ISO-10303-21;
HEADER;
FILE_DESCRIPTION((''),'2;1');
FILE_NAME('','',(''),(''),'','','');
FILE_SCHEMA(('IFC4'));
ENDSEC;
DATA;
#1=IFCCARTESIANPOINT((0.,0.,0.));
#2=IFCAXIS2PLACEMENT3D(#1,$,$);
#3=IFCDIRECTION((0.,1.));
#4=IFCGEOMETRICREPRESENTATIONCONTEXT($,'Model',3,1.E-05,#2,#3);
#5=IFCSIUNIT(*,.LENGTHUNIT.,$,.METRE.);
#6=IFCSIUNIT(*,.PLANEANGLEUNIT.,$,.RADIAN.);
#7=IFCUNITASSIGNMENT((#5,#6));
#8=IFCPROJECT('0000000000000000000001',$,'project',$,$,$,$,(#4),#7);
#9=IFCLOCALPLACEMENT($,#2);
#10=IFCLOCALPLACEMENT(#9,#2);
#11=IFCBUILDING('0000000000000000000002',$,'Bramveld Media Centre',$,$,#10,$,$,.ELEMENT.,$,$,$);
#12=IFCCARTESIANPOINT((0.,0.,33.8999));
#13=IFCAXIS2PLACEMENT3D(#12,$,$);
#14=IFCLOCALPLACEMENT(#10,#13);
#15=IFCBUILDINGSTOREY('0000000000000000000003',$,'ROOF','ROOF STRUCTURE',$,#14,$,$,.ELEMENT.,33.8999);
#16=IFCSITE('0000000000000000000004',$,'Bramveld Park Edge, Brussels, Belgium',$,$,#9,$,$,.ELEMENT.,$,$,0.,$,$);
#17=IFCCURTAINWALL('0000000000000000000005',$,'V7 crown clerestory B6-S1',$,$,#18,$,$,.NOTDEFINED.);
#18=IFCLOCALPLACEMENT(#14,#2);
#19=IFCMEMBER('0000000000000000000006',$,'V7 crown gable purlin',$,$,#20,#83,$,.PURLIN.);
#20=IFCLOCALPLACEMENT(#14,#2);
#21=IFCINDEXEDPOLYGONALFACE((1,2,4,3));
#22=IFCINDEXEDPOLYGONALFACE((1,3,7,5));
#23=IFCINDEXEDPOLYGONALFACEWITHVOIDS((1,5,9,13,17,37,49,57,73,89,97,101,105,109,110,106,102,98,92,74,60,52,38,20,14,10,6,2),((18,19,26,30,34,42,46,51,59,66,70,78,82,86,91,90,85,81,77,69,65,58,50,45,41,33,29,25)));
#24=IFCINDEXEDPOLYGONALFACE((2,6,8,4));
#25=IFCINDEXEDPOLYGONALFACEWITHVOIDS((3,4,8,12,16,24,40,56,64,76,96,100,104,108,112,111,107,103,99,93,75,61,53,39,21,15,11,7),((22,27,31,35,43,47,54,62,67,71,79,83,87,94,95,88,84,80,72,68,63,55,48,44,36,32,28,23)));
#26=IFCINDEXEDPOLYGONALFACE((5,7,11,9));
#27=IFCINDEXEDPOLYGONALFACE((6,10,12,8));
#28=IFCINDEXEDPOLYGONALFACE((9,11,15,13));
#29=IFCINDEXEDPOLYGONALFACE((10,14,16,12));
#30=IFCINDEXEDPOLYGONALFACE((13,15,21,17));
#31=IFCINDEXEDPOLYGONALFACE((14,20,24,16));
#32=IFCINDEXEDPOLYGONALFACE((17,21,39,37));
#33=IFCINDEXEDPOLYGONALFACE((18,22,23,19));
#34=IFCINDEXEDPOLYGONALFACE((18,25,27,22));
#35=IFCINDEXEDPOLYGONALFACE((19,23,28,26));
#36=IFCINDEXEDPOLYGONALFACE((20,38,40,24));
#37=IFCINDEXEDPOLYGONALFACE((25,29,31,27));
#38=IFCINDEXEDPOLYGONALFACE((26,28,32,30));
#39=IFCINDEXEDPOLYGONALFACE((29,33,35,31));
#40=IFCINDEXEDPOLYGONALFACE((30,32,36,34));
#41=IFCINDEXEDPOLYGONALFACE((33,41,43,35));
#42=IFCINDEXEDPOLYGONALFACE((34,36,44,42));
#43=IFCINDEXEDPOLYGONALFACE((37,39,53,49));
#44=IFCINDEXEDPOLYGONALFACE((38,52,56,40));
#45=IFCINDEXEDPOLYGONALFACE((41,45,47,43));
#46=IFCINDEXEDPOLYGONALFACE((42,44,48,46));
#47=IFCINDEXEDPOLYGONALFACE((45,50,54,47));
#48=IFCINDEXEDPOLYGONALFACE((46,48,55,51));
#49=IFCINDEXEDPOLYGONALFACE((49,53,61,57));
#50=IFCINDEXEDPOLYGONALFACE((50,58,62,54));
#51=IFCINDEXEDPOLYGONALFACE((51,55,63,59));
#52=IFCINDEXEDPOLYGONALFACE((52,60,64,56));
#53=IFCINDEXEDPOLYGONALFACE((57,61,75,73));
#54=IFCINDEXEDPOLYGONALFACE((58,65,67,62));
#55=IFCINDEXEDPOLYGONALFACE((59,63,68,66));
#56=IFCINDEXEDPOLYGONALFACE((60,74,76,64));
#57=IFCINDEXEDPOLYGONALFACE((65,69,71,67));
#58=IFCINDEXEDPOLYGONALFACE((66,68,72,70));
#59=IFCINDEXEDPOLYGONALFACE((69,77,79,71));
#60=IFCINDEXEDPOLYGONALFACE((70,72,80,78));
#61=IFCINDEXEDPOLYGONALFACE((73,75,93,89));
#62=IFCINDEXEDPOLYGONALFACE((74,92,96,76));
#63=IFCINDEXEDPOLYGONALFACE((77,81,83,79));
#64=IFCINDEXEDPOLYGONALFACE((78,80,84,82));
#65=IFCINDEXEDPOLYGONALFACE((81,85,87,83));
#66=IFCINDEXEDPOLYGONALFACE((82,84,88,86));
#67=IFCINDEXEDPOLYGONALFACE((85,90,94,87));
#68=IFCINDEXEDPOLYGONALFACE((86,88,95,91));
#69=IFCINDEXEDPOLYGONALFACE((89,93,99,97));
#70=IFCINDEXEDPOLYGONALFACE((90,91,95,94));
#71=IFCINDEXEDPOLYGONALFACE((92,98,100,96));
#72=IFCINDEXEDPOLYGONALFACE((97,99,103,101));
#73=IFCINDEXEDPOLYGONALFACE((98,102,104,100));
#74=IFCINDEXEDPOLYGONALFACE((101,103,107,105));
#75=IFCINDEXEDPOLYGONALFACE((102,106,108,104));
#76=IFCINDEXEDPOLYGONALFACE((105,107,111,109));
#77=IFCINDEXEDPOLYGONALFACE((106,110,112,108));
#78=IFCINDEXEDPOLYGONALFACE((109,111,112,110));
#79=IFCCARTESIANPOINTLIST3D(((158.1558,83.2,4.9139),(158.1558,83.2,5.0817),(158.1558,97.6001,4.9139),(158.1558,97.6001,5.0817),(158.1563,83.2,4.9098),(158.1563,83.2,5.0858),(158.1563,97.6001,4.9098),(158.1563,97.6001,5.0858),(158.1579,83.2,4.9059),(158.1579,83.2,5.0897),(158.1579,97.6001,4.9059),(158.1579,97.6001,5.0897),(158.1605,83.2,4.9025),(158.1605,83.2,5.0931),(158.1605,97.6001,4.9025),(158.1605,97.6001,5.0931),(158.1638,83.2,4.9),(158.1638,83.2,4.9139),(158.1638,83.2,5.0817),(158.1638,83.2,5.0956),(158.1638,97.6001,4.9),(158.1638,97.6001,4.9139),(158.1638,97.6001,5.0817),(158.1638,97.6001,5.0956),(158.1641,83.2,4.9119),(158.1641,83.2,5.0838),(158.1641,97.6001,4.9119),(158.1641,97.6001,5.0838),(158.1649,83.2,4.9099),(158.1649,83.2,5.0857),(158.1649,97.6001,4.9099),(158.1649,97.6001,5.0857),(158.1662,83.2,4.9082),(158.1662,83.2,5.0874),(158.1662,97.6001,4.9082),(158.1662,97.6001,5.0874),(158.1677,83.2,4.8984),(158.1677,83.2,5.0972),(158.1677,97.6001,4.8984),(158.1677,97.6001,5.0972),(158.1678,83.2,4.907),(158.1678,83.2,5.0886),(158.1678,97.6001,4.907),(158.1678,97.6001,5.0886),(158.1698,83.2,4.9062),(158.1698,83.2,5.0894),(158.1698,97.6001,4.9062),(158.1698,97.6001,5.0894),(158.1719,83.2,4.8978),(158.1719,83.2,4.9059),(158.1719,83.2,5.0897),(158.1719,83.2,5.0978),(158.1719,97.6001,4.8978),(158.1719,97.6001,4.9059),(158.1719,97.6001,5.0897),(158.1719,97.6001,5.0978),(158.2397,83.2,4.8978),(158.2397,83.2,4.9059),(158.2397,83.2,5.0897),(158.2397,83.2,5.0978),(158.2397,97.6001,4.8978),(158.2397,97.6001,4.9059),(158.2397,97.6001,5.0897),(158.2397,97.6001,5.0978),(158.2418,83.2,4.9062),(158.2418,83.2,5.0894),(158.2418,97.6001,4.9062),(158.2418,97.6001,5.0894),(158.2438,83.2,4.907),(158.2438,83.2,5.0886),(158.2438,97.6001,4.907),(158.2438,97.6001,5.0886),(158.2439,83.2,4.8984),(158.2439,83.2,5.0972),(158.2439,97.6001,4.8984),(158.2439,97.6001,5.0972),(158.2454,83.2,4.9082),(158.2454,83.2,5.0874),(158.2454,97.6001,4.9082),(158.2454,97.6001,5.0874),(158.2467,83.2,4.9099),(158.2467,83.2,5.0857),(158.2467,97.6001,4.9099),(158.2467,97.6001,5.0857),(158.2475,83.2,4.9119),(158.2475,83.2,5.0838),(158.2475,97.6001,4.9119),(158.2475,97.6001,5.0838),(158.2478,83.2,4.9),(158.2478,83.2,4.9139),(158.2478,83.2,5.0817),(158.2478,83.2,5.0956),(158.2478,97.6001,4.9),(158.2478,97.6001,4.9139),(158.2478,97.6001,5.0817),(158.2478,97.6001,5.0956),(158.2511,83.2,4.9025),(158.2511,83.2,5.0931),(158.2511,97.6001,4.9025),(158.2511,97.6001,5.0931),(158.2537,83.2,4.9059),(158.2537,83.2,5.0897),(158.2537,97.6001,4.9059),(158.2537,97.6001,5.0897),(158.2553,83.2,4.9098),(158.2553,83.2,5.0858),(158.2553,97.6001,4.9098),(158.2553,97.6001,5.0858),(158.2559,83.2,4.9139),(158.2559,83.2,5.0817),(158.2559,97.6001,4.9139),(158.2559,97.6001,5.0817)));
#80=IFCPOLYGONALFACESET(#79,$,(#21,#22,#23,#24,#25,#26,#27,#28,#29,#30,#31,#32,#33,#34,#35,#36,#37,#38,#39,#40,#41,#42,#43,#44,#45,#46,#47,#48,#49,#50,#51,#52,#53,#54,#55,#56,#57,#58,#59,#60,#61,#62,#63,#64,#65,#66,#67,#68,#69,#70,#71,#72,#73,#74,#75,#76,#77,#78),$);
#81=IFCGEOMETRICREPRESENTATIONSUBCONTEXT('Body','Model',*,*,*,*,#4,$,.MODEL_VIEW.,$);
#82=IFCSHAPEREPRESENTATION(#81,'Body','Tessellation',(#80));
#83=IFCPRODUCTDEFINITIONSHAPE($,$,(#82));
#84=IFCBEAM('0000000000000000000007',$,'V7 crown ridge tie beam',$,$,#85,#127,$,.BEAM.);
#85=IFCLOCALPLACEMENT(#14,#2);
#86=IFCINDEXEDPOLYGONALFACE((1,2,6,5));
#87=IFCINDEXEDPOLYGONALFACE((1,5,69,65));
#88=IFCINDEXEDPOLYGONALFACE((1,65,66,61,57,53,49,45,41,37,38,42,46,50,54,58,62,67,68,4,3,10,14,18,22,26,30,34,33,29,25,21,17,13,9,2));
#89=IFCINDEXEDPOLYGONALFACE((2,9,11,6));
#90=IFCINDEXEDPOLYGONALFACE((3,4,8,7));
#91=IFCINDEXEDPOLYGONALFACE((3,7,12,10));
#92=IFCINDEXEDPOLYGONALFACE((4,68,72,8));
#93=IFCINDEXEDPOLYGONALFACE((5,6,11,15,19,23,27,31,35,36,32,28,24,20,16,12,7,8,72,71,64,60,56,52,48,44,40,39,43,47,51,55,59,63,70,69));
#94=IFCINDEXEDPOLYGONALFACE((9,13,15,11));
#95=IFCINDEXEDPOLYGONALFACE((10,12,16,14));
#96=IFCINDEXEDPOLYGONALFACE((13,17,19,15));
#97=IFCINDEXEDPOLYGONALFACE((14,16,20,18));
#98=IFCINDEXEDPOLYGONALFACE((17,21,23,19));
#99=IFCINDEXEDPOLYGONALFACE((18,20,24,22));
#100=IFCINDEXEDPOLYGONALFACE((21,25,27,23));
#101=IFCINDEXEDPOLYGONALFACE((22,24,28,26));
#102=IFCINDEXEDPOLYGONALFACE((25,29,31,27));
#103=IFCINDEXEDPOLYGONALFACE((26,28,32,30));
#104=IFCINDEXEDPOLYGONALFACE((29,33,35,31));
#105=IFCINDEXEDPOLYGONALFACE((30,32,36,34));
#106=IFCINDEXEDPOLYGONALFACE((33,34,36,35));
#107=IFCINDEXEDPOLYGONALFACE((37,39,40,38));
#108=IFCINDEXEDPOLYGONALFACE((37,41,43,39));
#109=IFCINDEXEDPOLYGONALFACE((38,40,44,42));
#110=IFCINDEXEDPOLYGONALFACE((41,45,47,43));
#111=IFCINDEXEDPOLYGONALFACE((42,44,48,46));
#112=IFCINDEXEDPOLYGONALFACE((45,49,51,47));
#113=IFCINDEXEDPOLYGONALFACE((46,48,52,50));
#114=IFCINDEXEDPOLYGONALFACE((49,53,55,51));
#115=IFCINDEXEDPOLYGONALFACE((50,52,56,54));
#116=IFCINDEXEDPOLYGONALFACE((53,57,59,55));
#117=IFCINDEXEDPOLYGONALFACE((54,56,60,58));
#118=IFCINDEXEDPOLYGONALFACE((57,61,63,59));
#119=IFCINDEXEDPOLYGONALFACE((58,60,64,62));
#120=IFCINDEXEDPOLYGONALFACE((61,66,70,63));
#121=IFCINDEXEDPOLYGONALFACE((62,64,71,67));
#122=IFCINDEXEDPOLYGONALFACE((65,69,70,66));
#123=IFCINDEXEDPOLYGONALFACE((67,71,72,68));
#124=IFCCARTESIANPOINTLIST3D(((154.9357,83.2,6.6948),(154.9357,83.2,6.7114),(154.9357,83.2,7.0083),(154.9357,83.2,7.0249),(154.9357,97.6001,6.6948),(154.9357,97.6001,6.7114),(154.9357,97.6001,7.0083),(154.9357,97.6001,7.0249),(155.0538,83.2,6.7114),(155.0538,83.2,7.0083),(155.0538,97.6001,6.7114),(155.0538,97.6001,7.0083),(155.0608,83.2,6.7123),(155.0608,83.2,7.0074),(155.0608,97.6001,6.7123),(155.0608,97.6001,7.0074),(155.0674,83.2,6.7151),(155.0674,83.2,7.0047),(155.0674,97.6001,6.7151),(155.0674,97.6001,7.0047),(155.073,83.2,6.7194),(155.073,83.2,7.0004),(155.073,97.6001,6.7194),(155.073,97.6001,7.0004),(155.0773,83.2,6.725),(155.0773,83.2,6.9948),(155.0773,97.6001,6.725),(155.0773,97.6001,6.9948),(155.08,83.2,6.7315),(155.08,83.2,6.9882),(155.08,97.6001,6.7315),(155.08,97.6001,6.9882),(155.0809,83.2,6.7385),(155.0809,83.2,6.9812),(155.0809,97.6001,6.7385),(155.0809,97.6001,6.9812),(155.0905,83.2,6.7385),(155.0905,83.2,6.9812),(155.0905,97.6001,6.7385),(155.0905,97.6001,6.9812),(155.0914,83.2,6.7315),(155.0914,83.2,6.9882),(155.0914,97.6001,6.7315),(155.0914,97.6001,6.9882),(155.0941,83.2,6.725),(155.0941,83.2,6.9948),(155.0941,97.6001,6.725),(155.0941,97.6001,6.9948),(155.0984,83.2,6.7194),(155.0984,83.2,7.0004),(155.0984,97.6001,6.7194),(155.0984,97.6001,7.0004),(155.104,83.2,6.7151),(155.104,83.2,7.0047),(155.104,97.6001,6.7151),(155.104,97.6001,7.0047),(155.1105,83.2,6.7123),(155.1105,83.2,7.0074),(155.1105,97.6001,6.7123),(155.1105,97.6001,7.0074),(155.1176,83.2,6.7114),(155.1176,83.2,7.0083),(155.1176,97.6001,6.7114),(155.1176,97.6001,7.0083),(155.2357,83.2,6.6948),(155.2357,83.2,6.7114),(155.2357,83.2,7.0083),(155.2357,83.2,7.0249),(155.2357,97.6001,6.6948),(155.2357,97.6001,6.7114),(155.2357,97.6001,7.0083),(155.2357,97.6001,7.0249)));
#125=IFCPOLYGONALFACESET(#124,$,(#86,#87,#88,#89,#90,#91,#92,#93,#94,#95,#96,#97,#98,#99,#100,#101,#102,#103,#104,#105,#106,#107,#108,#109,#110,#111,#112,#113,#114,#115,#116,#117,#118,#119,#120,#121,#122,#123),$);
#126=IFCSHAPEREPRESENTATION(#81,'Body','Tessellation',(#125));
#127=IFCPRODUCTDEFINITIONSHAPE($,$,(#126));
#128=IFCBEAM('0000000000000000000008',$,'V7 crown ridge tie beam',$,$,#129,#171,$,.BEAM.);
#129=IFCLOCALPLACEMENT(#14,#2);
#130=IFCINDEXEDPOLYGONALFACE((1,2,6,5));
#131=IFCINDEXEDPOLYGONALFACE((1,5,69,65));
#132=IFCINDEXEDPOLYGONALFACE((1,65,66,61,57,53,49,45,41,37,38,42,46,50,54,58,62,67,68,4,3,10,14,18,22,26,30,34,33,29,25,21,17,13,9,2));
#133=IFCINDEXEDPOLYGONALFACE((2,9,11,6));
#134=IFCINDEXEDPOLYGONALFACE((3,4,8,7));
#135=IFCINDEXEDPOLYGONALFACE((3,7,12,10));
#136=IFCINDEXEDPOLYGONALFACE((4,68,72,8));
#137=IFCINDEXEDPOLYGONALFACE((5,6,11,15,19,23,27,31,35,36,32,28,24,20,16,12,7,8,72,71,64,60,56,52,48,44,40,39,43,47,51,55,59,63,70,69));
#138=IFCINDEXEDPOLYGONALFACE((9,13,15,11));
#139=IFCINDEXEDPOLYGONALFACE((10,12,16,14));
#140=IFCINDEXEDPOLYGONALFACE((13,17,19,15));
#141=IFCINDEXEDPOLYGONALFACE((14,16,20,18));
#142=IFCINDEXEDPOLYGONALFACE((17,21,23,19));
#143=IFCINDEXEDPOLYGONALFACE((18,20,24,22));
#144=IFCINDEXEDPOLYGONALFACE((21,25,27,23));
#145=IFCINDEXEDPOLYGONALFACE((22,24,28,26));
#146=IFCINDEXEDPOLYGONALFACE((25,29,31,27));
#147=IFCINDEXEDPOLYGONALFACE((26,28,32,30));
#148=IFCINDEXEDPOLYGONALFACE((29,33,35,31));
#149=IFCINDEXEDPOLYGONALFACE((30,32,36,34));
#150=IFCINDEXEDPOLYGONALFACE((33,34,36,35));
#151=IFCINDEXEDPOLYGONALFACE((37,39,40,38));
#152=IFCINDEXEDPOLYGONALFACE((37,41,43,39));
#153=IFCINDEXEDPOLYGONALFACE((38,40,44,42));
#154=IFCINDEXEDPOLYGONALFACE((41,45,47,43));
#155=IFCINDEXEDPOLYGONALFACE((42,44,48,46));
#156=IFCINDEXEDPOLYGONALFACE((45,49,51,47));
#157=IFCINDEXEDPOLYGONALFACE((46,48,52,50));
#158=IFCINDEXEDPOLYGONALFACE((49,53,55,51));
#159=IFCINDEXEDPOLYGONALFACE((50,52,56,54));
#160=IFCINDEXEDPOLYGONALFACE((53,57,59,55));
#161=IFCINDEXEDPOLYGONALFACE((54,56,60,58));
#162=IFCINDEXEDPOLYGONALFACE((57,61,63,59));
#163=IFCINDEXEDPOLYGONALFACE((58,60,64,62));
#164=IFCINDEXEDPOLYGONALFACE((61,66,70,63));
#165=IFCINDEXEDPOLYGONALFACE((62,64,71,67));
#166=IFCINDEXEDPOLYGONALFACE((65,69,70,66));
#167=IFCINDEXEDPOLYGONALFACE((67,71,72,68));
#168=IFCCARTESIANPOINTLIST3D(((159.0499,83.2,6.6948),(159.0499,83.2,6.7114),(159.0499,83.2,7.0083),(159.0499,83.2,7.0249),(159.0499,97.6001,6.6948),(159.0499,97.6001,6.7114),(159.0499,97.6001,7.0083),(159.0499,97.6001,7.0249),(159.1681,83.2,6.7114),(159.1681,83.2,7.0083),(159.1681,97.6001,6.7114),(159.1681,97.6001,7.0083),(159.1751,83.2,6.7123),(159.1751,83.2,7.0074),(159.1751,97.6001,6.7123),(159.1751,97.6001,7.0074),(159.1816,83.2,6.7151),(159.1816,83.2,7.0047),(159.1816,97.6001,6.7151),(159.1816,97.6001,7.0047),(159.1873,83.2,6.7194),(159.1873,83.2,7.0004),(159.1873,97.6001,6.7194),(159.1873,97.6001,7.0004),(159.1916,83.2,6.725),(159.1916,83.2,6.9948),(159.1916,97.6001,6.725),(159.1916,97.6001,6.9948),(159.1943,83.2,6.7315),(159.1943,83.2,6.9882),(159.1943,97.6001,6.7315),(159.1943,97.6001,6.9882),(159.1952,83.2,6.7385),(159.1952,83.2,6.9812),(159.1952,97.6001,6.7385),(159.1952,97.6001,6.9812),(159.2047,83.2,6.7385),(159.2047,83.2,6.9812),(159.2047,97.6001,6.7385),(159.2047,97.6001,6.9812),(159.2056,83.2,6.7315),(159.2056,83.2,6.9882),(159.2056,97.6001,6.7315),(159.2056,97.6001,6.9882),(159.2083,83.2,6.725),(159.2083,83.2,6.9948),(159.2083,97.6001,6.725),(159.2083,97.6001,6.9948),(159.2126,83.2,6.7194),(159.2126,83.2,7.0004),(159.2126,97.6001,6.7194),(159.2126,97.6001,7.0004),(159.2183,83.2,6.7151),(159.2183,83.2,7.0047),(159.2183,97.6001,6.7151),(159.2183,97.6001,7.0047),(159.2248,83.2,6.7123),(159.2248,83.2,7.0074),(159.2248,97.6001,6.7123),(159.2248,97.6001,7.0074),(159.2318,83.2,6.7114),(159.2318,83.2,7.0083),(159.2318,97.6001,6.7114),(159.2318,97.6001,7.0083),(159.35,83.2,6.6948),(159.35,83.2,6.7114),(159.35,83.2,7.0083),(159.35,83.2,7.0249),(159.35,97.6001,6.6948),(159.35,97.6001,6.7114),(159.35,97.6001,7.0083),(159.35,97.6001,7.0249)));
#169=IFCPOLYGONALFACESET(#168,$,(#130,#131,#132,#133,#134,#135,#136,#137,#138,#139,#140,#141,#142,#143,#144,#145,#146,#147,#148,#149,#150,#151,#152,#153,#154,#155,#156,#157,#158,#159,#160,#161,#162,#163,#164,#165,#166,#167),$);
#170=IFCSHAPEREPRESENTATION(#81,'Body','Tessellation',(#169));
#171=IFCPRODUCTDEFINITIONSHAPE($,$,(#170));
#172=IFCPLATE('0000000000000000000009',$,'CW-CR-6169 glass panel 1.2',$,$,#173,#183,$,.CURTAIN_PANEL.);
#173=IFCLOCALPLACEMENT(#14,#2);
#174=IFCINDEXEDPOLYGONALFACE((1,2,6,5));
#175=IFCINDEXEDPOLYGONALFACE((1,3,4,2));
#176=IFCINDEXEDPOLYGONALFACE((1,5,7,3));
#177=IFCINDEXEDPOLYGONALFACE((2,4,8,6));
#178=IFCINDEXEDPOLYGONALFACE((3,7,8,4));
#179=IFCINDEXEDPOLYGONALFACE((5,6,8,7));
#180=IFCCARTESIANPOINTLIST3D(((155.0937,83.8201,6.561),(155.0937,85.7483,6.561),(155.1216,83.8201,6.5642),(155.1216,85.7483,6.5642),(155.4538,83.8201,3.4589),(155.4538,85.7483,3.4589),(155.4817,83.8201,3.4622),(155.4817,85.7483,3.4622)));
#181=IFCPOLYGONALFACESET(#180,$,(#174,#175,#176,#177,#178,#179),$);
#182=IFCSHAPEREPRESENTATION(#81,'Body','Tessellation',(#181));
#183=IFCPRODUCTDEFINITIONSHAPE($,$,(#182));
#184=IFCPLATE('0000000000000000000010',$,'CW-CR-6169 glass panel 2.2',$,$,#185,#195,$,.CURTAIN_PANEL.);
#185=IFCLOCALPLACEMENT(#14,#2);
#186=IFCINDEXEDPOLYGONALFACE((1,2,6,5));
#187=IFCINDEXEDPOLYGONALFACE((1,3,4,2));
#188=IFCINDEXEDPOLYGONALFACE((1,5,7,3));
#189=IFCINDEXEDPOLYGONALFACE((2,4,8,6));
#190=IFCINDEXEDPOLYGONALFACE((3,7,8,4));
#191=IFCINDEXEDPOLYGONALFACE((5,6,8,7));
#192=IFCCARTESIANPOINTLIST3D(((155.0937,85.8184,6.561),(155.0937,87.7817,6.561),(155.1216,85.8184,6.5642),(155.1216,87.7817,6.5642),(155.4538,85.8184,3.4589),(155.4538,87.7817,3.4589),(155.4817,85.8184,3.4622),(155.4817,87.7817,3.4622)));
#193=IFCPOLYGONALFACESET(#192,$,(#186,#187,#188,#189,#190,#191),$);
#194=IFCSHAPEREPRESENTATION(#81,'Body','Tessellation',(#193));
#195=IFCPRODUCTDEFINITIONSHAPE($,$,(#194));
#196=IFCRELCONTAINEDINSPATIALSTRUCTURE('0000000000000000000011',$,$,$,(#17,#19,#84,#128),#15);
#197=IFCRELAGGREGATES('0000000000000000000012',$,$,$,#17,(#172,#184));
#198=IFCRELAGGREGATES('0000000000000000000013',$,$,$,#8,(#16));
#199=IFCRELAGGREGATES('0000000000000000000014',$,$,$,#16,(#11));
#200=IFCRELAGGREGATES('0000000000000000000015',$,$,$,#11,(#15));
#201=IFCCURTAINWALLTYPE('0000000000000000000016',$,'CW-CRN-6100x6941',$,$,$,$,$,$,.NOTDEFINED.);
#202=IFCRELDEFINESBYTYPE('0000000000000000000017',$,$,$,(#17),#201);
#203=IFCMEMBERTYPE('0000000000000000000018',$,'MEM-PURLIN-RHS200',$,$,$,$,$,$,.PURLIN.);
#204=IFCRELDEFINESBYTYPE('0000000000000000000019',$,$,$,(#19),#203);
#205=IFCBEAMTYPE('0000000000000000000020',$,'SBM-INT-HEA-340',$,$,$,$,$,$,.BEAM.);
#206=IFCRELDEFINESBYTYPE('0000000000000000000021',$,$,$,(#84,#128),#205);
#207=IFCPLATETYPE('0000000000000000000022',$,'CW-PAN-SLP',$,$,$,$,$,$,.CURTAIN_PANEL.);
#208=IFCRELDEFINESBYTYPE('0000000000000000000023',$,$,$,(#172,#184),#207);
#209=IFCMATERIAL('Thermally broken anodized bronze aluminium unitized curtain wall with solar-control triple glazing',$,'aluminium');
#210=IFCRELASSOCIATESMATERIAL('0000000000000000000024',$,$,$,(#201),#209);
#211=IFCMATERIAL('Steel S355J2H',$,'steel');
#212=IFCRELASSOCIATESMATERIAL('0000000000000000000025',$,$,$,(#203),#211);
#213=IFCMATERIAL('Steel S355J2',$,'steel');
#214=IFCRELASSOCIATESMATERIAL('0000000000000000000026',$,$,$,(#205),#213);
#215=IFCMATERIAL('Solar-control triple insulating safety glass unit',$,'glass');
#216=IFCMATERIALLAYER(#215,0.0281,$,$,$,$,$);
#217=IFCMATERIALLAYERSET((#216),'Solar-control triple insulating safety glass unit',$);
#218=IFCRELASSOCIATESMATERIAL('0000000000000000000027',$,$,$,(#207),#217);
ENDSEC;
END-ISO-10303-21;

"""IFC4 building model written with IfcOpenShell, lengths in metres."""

from ifc_helpers import new_model, si_unit, direction, frame, origin, origin_2d, place, context, subcontext, project, spatial, polyline, hollow_rectangle, i_section, outline, extrude, material, layer, layer_set, material_profile, profile_set, type_object, element, aggregate, save


model = new_model("IFC4")

# Units and contexts
model_context = context("Model", 3, precision=1e-05, world=origin(), true_north=direction((0.0, 1.0)))
body_context = subcontext(model_context, "Body", "Model", "MODEL_VIEW")
ifc_project = project(units=[si_unit("LENGTHUNIT", "METRE"), si_unit("PLANEANGLEUNIT", "RADIAN")], contexts=[model_context])

# Site, building, storey
site_placement = place(None, origin())
site = spatial("IfcSite", under=ifc_project, at=site_placement, Name="Bramveld Park Edge, Brussels, Belgium", CompositionType="ELEMENT", RefElevation=0.0)
building_placement = place(site_placement, origin())
building = spatial("IfcBuilding", under=site, at=building_placement, Name="Bramveld Media Centre", CompositionType="ELEMENT")
storey_placement = place(building_placement, frame((0.0, 0.0, 33.8999)))
storey = spatial("IfcBuildingStorey", under=building, at=storey_placement, Name="ROOF", Description="ROOF STRUCTURE", CompositionType="ELEMENT", Elevation=33.8999)

# Curtain wall
ifc_material_1 = material(Name="Thermally broken anodized bronze aluminium unitized curtain wall with solar-control triple glazing", Category="aluminium")
curtain_wall_type = type_object("IfcCurtainWallType", Name="CW-CRN-6100x6941", PredefinedType="NOTDEFINED", material=ifc_material_1)
curtain_wall_1_placement = place(storey_placement, origin())
curtain_wall_1 = element("IfcCurtainWall", 1, at=curtain_wall_1_placement, inside=storey, type_object=curtain_wall_type, Name="V7 crown clerestory B6-S1", PredefinedType="NOTDEFINED")

# Member
ifc_material_2 = material(Name="Steel S355J2H", Category="steel")
ifc_material_profile_1 = material_profile(ifc_material_2, hollow_rectangle(XDim=0.1001, YDim=0.2, WallThickness=0.0081, InnerFilletRadius=0.0081, OuterFilletRadius=0.0161, at=origin_2d()), Name="RHS 200x100x8")
ifc_profile_set_1 = profile_set([ifc_material_profile_1], Name="Steel S355J2H")
member_type_1 = type_object("IfcMemberType", Name="MEM-PURLIN-RHS200", PredefinedType="PURLIN", material=ifc_profile_set_1)
for number, where, z_axis, x_axis, name in (
    (2, (158.2058, 83.2, 4.9978), (0.0, 1.0, 0.0), (-1.0, 0.0, 0.0), "V7 crown gable purlin"),
):
    element("IfcMember", number, at=place(storey_placement, frame(where, z_axis=z_axis, x_axis=x_axis)), inside=storey, type_object=member_type_1, Name=name, PredefinedType="PURLIN", context=body_context, shape_type="SweptSolid", body=[
        extrude(hollow_rectangle(XDim=0.1001, YDim=0.2, WallThickness=0.0081, InnerFilletRadius=0.0081, OuterFilletRadius=0.0161, at=origin_2d()), origin(), (0.0, 0.0, 1.0), 14.4001),
    ])

# Beams
ifc_material_3 = material(Name="Steel S355J2", Category="steel")
ifc_material_profile_2 = material_profile(ifc_material_3, i_section(OverallWidth=0.3, OverallDepth=0.3301, WebThickness=0.0095, FlangeThickness=0.0166, FilletRadius=0.0271, at=origin_2d()), Name="HEA 340")
ifc_profile_set_2 = profile_set([ifc_material_profile_2], Name="Steel S355J2")
beam_type = type_object("IfcBeamType", Name="SBM-INT-HEA-340", PredefinedType="BEAM", material=ifc_profile_set_2)
for number, where, z_axis, x_axis, name in (
    (3, (155.0857, 83.2, 6.8599), (0.0, 1.0, 0.0), (-1.0, 0.0, 0.0), "V7 crown ridge tie beam"),
    (4, (159.2, 83.2, 6.8599), (0.0, 1.0, 0.0), (-1.0, 0.0, 0.0), "V7 crown ridge tie beam"),
):
    element("IfcBeam", number, at=place(storey_placement, frame(where, z_axis=z_axis, x_axis=x_axis)), inside=storey, type_object=beam_type, Name=name, PredefinedType="BEAM", context=body_context, shape_type="SweptSolid", body=[
        extrude(i_section(OverallWidth=0.3, OverallDepth=0.3301, WebThickness=0.0095, FlangeThickness=0.0166, FilletRadius=0.0271, at=origin_2d()), origin(), (0.0, 0.0, 1.0), 14.4001),
    ])

# Plates
ifc_material_4 = material(Name="Solar-control triple insulating safety glass unit", Category="glass")
ifc_layer_1 = layer(ifc_material_4, 0.0281)
ifc_layer_set_1 = layer_set([ifc_layer_1], Name="Solar-control triple insulating safety glass unit")
plate_type_1 = type_object("IfcPlateType", Name="CW-PAN-SLP", PredefinedType="CURTAIN_PANEL", material=ifc_layer_set_1)
plate_1_placement = place(storey_placement, frame((155.4817, 83.8201, 3.4622), z_axis=(0.993329, 0.0, 0.115313), x_axis=(0.0, 1.0, 0.0)))
plate_1 = element("IfcPlate", 5, at=plate_1_placement, type_object=plate_type_1, Name="CW-CR-6169 glass panel 1.2", PredefinedType="CURTAIN_PANEL", context=body_context, shape_type="SweptSolid", body=[
    extrude(outline(polyline([(0.0, 0.0), (1.9282, 0.0), (1.9282, 3.1229), (0.0, 3.1229), (0.0, 0.0)])), origin(), (0.0, 0.0, -1.0), 0.0281),
])
plate_2_placement = place(storey_placement, frame((155.4817, 85.8184, 3.4622), z_axis=(0.993329, 0.0, 0.115313), x_axis=(0.0, 1.0, 0.0)))
plate_2 = element("IfcPlate", 6, at=plate_2_placement, type_object=plate_type_1, Name="CW-CR-6169 glass panel 2.2", PredefinedType="CURTAIN_PANEL", context=body_context, shape_type="SweptSolid", body=[
    extrude(outline(polyline([(0.0, 0.0), (1.9634, 0.0), (1.9634, 3.1229), (0.0, 3.1229), (0.0, 0.0)])), origin(), (0.0, 0.0, -1.0), 0.0281),
])
aggregate(curtain_wall_1, [plate_1, plate_2])

save(model, "model.ifc")
